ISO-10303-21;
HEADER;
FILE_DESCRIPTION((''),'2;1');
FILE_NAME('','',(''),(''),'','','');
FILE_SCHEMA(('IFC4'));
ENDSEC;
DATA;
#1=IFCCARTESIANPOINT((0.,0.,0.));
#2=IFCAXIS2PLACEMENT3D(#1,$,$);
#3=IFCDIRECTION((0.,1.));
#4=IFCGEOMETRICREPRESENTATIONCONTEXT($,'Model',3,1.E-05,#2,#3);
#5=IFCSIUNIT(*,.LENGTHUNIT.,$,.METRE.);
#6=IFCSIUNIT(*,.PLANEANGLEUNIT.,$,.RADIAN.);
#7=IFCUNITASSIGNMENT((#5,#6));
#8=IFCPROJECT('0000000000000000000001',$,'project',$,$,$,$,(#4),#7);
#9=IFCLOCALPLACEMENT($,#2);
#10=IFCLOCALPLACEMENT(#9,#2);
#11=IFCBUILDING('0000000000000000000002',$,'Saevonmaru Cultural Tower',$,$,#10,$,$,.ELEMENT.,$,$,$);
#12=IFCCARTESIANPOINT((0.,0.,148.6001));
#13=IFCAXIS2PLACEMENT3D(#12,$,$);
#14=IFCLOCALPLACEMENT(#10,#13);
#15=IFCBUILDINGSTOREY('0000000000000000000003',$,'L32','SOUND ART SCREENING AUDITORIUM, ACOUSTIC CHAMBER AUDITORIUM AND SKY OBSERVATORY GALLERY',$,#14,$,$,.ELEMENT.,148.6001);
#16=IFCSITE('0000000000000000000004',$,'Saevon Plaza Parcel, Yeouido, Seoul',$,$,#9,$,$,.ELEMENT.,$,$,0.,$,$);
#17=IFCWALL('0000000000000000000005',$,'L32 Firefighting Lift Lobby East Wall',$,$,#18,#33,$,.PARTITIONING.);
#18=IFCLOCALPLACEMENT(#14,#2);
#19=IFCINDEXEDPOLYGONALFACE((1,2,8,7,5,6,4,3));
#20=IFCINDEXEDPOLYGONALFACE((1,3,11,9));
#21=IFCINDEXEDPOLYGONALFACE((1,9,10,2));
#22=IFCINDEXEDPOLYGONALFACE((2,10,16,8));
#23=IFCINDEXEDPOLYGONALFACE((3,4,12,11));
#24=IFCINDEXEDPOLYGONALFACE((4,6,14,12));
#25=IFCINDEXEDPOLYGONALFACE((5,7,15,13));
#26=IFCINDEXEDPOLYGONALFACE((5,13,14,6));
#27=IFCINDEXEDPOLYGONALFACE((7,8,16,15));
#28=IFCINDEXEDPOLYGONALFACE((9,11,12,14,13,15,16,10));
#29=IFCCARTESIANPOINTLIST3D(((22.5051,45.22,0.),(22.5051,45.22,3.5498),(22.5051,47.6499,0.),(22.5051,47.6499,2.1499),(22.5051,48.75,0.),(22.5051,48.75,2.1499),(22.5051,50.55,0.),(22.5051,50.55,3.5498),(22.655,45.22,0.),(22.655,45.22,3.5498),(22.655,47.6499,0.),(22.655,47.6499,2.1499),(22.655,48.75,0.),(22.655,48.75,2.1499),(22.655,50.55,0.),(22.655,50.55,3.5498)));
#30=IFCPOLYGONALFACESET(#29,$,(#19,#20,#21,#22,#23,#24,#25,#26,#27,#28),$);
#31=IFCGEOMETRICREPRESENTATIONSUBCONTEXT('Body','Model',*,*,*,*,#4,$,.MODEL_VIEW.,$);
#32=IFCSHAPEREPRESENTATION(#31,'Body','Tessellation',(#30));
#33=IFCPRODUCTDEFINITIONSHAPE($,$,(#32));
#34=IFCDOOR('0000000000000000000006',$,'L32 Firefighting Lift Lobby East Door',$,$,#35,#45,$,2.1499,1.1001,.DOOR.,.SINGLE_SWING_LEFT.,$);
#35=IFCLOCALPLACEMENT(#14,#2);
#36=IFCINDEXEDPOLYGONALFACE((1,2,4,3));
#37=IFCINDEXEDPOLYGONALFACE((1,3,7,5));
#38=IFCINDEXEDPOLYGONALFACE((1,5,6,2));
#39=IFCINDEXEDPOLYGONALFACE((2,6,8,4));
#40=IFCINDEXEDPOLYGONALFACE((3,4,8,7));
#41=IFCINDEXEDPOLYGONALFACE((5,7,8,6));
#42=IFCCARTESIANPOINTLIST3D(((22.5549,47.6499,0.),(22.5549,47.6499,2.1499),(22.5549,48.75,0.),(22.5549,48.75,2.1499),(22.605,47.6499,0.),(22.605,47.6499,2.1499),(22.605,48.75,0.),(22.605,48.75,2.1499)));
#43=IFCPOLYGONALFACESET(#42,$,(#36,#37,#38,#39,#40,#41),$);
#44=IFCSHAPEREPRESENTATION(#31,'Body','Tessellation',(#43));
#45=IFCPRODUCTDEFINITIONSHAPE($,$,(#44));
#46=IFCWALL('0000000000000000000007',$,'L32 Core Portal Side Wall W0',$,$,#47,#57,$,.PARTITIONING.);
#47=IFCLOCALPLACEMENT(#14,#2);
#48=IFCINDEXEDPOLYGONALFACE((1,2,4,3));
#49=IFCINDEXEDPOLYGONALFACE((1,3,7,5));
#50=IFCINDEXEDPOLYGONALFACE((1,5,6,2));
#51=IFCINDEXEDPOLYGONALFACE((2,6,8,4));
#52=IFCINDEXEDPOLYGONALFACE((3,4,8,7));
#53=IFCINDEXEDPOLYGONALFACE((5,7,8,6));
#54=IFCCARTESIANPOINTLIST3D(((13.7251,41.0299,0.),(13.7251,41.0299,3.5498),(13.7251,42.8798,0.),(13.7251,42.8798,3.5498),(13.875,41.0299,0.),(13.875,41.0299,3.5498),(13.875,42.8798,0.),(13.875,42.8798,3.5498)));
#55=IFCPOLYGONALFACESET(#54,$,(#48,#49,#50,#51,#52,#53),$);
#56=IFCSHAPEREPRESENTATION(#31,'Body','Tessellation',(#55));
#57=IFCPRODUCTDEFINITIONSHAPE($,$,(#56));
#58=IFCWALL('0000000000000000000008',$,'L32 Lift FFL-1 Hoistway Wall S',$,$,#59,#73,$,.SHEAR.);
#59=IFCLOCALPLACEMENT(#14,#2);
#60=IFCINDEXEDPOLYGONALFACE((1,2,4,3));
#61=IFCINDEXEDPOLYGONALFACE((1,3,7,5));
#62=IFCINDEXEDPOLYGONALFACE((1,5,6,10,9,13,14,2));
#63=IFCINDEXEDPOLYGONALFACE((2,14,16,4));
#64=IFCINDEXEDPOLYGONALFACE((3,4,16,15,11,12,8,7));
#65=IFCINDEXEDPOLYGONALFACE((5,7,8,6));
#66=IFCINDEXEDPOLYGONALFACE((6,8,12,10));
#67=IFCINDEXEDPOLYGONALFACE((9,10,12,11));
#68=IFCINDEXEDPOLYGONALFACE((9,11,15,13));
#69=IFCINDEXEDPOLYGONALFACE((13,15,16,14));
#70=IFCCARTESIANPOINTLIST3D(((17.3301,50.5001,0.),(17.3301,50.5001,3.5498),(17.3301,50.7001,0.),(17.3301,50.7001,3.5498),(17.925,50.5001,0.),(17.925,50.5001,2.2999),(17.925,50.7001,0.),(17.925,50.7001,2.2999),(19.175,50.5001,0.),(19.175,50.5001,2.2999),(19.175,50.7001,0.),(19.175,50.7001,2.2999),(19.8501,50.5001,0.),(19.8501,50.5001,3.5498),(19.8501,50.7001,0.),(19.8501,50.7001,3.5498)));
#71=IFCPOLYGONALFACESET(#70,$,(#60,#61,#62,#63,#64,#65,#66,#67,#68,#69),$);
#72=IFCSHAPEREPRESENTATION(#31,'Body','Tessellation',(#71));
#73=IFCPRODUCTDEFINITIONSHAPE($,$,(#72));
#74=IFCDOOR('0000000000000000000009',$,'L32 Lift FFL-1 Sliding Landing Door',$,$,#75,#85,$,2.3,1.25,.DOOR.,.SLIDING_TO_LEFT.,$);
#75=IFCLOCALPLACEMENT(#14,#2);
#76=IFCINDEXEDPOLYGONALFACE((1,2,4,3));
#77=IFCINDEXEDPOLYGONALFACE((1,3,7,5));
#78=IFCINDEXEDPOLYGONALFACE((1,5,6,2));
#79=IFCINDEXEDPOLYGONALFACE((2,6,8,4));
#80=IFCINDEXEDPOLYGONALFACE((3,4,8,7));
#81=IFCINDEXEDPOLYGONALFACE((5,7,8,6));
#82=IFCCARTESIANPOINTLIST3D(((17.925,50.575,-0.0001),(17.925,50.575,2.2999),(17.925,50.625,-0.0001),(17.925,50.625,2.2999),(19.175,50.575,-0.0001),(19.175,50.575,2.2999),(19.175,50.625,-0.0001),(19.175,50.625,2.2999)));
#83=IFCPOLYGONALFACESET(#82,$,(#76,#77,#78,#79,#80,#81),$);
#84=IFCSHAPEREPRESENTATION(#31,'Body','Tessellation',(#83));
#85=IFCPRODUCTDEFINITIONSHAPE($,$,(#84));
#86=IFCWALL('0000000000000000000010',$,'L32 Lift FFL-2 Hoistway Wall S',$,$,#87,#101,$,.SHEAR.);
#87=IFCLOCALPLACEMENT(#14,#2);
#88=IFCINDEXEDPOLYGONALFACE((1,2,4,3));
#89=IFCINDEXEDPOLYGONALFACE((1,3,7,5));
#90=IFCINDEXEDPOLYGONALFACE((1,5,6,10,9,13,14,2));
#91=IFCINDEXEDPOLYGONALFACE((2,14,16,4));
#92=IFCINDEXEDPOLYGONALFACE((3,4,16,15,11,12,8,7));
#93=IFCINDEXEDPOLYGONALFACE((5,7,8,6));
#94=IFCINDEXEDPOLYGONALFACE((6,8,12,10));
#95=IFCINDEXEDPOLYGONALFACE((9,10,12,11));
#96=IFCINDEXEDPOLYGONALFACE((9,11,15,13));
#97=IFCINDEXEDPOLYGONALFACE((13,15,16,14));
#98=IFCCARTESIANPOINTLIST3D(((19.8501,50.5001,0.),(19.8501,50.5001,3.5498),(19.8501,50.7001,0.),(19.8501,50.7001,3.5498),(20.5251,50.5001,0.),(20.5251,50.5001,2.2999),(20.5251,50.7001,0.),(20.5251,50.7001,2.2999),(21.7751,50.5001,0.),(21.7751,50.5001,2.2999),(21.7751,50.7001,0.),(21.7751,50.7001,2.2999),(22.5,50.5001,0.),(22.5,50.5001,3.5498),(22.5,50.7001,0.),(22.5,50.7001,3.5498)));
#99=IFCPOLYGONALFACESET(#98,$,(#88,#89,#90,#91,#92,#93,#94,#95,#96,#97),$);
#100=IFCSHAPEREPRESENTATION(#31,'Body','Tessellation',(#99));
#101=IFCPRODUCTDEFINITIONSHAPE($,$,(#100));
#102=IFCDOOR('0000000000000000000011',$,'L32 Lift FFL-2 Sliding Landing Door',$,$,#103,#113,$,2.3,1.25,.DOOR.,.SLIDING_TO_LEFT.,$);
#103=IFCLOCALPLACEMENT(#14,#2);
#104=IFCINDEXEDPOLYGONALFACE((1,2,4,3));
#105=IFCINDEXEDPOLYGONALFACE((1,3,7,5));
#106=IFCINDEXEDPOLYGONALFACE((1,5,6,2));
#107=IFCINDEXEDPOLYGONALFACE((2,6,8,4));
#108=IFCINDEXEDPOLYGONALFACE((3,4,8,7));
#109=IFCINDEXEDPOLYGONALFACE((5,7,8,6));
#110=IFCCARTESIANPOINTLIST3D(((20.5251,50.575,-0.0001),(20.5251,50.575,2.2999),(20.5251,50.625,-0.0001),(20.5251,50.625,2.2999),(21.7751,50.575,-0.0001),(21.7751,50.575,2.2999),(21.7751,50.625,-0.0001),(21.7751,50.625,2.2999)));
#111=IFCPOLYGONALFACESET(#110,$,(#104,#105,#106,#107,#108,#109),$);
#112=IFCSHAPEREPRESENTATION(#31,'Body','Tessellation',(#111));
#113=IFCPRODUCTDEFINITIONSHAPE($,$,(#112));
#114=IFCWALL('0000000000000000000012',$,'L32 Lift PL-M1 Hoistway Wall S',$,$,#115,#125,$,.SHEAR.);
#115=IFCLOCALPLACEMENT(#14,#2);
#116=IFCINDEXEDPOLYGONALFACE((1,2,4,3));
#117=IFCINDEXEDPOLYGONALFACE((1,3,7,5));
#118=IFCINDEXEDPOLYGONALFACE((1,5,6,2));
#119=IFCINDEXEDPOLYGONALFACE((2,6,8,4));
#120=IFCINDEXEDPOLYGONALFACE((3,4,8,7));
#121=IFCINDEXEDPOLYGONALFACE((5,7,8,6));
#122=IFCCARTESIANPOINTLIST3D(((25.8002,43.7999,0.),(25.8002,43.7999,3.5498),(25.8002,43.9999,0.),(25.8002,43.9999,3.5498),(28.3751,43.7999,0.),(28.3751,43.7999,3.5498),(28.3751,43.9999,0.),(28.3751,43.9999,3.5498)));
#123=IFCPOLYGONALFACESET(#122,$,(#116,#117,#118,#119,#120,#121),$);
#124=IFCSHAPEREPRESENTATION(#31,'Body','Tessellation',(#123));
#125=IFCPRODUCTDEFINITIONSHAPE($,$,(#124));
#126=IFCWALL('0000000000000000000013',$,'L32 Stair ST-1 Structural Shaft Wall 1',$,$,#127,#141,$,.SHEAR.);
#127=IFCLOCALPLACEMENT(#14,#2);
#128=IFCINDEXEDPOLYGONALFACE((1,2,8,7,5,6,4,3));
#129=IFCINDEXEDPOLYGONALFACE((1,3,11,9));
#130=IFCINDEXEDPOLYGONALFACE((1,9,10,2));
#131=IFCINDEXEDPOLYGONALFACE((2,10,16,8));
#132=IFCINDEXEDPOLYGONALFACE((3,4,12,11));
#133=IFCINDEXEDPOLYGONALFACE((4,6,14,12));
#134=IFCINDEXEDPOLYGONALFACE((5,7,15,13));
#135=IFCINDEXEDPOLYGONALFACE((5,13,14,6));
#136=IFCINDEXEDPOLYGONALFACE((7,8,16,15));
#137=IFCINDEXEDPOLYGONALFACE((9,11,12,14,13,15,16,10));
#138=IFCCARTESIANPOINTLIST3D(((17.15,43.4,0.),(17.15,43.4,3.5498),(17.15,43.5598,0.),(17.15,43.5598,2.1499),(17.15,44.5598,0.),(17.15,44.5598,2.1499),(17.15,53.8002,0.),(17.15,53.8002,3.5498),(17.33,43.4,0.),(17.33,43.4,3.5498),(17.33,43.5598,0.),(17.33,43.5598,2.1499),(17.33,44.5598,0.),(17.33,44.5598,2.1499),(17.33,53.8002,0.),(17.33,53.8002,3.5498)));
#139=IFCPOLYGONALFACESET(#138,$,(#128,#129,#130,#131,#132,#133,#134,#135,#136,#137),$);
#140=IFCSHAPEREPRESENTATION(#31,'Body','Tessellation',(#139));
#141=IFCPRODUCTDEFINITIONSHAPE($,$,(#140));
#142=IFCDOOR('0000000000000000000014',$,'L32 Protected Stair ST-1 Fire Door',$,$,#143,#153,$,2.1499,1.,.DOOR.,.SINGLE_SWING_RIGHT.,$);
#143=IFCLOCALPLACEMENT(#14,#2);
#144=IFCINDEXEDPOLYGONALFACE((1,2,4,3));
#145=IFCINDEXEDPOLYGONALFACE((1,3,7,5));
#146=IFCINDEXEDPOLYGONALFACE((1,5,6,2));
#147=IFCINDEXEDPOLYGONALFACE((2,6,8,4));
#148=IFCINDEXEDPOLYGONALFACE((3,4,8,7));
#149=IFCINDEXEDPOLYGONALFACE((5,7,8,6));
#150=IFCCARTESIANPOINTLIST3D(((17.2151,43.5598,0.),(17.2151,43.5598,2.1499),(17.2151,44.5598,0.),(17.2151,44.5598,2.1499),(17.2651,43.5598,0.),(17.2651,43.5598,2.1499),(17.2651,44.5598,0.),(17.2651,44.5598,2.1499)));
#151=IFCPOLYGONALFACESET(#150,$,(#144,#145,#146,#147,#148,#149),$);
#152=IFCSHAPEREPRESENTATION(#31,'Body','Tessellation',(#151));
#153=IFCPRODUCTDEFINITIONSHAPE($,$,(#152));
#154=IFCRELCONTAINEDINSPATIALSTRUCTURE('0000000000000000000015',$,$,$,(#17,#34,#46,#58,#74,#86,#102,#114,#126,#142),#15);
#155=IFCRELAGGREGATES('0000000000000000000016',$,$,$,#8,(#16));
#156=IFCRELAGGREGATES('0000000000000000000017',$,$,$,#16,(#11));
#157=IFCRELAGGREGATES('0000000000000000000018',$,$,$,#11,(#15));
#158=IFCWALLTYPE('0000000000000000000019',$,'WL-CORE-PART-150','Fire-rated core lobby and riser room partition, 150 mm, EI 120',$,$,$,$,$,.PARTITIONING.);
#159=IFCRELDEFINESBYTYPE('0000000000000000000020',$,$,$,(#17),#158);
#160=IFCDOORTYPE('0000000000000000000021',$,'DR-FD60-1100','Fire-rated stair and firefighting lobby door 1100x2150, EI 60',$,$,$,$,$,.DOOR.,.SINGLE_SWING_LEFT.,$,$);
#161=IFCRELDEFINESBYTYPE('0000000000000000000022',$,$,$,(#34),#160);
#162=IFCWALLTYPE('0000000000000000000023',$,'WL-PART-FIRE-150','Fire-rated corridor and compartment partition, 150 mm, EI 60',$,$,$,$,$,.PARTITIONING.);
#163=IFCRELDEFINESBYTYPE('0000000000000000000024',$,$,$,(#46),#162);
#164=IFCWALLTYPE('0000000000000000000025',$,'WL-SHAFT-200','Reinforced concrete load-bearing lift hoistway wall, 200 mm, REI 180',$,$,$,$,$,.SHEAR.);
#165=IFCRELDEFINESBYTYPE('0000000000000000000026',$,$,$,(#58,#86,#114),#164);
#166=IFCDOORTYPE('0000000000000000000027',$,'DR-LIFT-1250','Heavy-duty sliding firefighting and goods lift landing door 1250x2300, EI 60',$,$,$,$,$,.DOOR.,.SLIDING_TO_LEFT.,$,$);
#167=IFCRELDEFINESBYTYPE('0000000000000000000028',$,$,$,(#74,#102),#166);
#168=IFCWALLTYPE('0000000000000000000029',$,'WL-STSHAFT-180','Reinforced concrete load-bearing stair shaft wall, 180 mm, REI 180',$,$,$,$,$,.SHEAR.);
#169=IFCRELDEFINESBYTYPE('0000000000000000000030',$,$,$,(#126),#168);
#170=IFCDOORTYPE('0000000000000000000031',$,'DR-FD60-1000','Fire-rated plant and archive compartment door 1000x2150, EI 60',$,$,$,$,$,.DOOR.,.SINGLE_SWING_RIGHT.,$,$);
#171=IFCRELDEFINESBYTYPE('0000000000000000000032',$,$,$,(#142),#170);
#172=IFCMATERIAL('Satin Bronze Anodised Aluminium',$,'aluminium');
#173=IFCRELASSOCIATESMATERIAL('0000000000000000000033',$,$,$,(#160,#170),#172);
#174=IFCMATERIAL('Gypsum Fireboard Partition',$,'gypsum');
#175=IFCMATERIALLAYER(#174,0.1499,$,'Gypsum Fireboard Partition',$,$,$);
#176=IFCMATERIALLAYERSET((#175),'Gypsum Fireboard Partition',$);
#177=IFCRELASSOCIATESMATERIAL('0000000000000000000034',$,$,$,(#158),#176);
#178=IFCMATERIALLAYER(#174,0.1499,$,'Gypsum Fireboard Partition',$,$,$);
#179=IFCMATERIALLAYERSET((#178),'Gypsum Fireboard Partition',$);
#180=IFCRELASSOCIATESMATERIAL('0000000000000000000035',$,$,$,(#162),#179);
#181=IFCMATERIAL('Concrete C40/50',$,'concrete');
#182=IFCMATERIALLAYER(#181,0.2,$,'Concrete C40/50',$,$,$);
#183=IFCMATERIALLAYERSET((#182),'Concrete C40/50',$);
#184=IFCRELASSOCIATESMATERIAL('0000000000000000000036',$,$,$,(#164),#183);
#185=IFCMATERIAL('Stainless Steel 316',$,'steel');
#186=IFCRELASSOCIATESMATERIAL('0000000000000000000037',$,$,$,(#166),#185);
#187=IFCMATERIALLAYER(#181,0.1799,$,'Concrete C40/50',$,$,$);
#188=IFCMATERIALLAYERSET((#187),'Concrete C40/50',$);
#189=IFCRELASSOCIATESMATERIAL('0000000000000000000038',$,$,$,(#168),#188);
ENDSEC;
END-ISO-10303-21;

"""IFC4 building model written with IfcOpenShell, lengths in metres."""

from ifc_helpers import new_model, si_unit, direction, frame, frame_2d, origin, place, context, subcontext, project, spatial, rectangle, extrude, material, layer, layer_set, type_object, element, fill, save


model = new_model("IFC4")

# Units and contexts
model_context = context("Model", 3, precision=1e-05, world=origin(), true_north=direction((0.0, 1.0)))
body_context = subcontext(model_context, "Body", "Model", "MODEL_VIEW")
ifc_project = project(units=[si_unit("LENGTHUNIT", "METRE"), si_unit("PLANEANGLEUNIT", "RADIAN")], contexts=[model_context])

# Site, building, storey
site_placement = place(None, origin())
site = spatial("IfcSite", under=ifc_project, at=site_placement, Name="Saevon Plaza Parcel, Yeouido, Seoul", CompositionType="ELEMENT", RefElevation=0.0)
building_placement = place(site_placement, origin())
building = spatial("IfcBuilding", under=site, at=building_placement, Name="Saevonmaru Cultural Tower", CompositionType="ELEMENT")
storey_placement = place(building_placement, frame((0.0, 0.0, 148.6001)))
storey = spatial("IfcBuildingStorey", under=building, at=storey_placement, Name="L32", Description="SOUND ART SCREENING AUDITORIUM, ACOUSTIC CHAMBER AUDITORIUM AND SKY OBSERVATORY GALLERY", CompositionType="ELEMENT", Elevation=148.6001)

# Shared definitions
ifc_material_1 = material(Name="Satin Bronze Anodised Aluminium", Category="aluminium")
door_type_1 = type_object("IfcDoorType", Name="DR-FD60-1100", Description="Fire-rated stair and firefighting lobby door 1100x2150, EI 60", OperationType="SINGLE_SWING_LEFT", PredefinedType="DOOR", material=ifc_material_1)

# Wall, opening, door
ifc_material_2 = material(Name="Gypsum Fireboard Partition", Category="gypsum")
ifc_layer_1 = layer(ifc_material_2, 0.1499, Name="Gypsum Fireboard Partition")
ifc_layer_set_1 = layer_set([ifc_layer_1], Name="Gypsum Fireboard Partition")
wall_type_1 = type_object("IfcWallType", Name="WL-CORE-PART-150", Description="Fire-rated core lobby and riser room partition, 150 mm, EI 120", PredefinedType="PARTITIONING", material=ifc_layer_set_1)
wall_1_placement = place(storey_placement, frame((22.5801, 50.55, 0.0), z_axis=(0.0, 0.0, 1.0), x_axis=(0.0, -1.0, 0.0)))
wall_1 = element("IfcWall", 1, at=wall_1_placement, inside=storey, type_object=wall_type_1, Name="L32 Firefighting Lift Lobby East Wall", PredefinedType="PARTITIONING", context=body_context, shape_type="SweptSolid", body=[
    extrude(rectangle(XDim=5.3301, YDim=0.1499, at=frame_2d((2.665, 0.0))), origin(), (0.0, 0.0, 1.0), 3.5498),
])
opening_1_placement = place(wall_1_placement, frame((1.8, 0.0, 0.0)))
opening_1 = element("IfcOpeningElement", 2, at=opening_1_placement, cuts=wall_1, PredefinedType="OPENING", context=body_context, shape_type="SweptSolid", body=[
    extrude(rectangle(XDim=1.1001, YDim=2.1499, at=frame_2d((0.55, 1.075))), frame((0.0, 0.085, 0.0), z_axis=(0.0, -1.0, 0.0), x_axis=(1.0, 0.0, 0.0)), (0.0, 0.0, 1.0), 0.1699),
])
door_1_placement = place(opening_1_placement, origin())
door_1 = element("IfcDoor", 3, at=door_1_placement, inside=storey, type_object=door_type_1, Name="L32 Firefighting Lift Lobby East Door", OperationType="SINGLE_SWING_LEFT", OverallHeight=2.1499, OverallWidth=1.1001, PredefinedType="DOOR", context=body_context, shape_type="SweptSolid", body=[
    extrude(rectangle(XDim=1.1001, YDim=2.1499, at=frame_2d((0.55, 1.075))), frame((0.0, 0.0249, 0.0), z_axis=(0.0, -1.0, 0.0), x_axis=(1.0, 0.0, 0.0)), (0.0, 0.0, 1.0), 0.05),
])
fill(opening_1, door_1)

# Wall
ifc_layer_2 = layer(ifc_material_2, 0.1499, Name="Gypsum Fireboard Partition")
ifc_layer_set_2 = layer_set([ifc_layer_2], Name="Gypsum Fireboard Partition")
wall_type_2 = type_object("IfcWallType", Name="WL-PART-FIRE-150", Description="Fire-rated corridor and compartment partition, 150 mm, EI 60", PredefinedType="PARTITIONING", material=ifc_layer_set_2)
wall_2_placement = place(storey_placement, frame((13.8, 41.03, 0.0), z_axis=(0.0, 0.0, 1.0), x_axis=(0.0, 1.0, 0.0)))
element("IfcWall", 4, at=wall_2_placement, inside=storey, type_object=wall_type_2, Name="L32 Core Portal Side Wall W0", PredefinedType="PARTITIONING", context=body_context, shape_type="SweptSolid", body=[
    extrude(rectangle(XDim=1.8499, YDim=0.1499, at=frame_2d((0.9248, 0.0))), origin(), (0.0, 0.0, 1.0), 3.5498),
])

# Walls, openings, doors
ifc_material_3 = material(Name="Concrete C40/50", Category="concrete")
ifc_layer_3 = layer(ifc_material_3, 0.2, Name="Concrete C40/50")
ifc_layer_set_3 = layer_set([ifc_layer_3], Name="Concrete C40/50")
wall_type_3 = type_object("IfcWallType", Name="WL-SHAFT-200", Description="Reinforced concrete load-bearing lift hoistway wall, 200 mm, REI 180", PredefinedType="SHEAR", material=ifc_layer_set_3)
wall_3_placement = place(storey_placement, frame((17.3301, 50.6001, 0.0), z_axis=(0.0, 0.0, 1.0), x_axis=(1.0, 0.0, 0.0)))
wall_3 = element("IfcWall", 5, at=wall_3_placement, inside=storey, type_object=wall_type_3, Name="L32 Lift FFL-1 Hoistway Wall S", PredefinedType="SHEAR", context=body_context, shape_type="SweptSolid", body=[
    extrude(rectangle(XDim=2.52, YDim=0.2, at=frame_2d((1.26, 0.0))), origin(), (0.0, 0.0, 1.0), 3.5498),
])
opening_2_placement = place(wall_3_placement, frame((0.595, 0.0, 0.0)))
opening_2 = element("IfcOpeningElement", 6, at=opening_2_placement, cuts=wall_3, PredefinedType="OPENING", context=body_context, shape_type="SweptSolid", body=[
    extrude(rectangle(XDim=1.25, YDim=2.3, at=frame_2d((0.625, 1.1499))), frame((0.0, 0.1099, 0.0), z_axis=(0.0, -1.0, 0.0), x_axis=(1.0, 0.0, 0.0)), (0.0, 0.0, 1.0), 0.22),
])
ifc_material_4 = material(Name="Stainless Steel 316", Category="steel")
door_type_2 = type_object("IfcDoorType", Name="DR-LIFT-1250", Description="Heavy-duty sliding firefighting and goods lift landing door 1250x2300, EI 60", OperationType="SLIDING_TO_LEFT", PredefinedType="DOOR", material=ifc_material_4)
door_2_placement = place(opening_2_placement, origin())
door_2 = element("IfcDoor", 7, at=door_2_placement, inside=storey, type_object=door_type_2, Name="L32 Lift FFL-1 Sliding Landing Door", OperationType="SLIDING_TO_LEFT", OverallHeight=2.3, OverallWidth=1.25, PredefinedType="DOOR", context=body_context, shape_type="SweptSolid", body=[
    extrude(rectangle(XDim=1.25, YDim=2.3, at=frame_2d((0.625, 1.1499))), frame((0.0, 0.0249, 0.0), z_axis=(0.0, -1.0, 0.0), x_axis=(1.0, 0.0, 0.0)), (0.0, 0.0, 1.0), 0.05),
])
fill(opening_2, door_2)
wall_4_placement = place(storey_placement, frame((19.8501, 50.6001, 0.0), z_axis=(0.0, 0.0, 1.0), x_axis=(1.0, 0.0, 0.0)))
wall_4 = element("IfcWall", 8, at=wall_4_placement, inside=storey, type_object=wall_type_3, Name="L32 Lift FFL-2 Hoistway Wall S", PredefinedType="SHEAR", context=body_context, shape_type="SweptSolid", body=[
    extrude(rectangle(XDim=2.6499, YDim=0.2, at=frame_2d((1.325, 0.0))), origin(), (0.0, 0.0, 1.0), 3.5498),
])
opening_3_placement = place(wall_4_placement, frame((0.675, 0.0, 0.0)))
opening_3 = element("IfcOpeningElement", 9, at=opening_3_placement, cuts=wall_4, PredefinedType="OPENING", context=body_context, shape_type="SweptSolid", body=[
    extrude(rectangle(XDim=1.25, YDim=2.3, at=frame_2d((0.625, 1.1499))), frame((0.0, 0.1099, 0.0), z_axis=(0.0, -1.0, 0.0), x_axis=(1.0, 0.0, 0.0)), (0.0, 0.0, 1.0), 0.22),
])
door_3_placement = place(opening_3_placement, origin())
door_3 = element("IfcDoor", 10, at=door_3_placement, inside=storey, type_object=door_type_2, Name="L32 Lift FFL-2 Sliding Landing Door", OperationType="SLIDING_TO_LEFT", OverallHeight=2.3, OverallWidth=1.25, PredefinedType="DOOR", context=body_context, shape_type="SweptSolid", body=[
    extrude(rectangle(XDim=1.25, YDim=2.3, at=frame_2d((0.625, 1.1499))), frame((0.0, 0.0249, 0.0), z_axis=(0.0, -1.0, 0.0), x_axis=(1.0, 0.0, 0.0)), (0.0, 0.0, 1.0), 0.05),
])
fill(opening_3, door_3)

# Wall
wall_5_placement = place(storey_placement, frame((25.8, 43.8999, 0.0), z_axis=(0.0, 0.0, 1.0), x_axis=(1.0, 0.0, 0.0)))
element("IfcWall", 11, at=wall_5_placement, inside=storey, type_object=wall_type_3, Name="L32 Lift PL-M1 Hoistway Wall S", PredefinedType="SHEAR", context=body_context, shape_type="SweptSolid", body=[
    extrude(rectangle(XDim=2.575, YDim=0.2, at=frame_2d((1.2876, 0.0))), origin(), (0.0, 0.0, 1.0), 3.5498),
])

# Wall, opening, door
ifc_layer_4 = layer(ifc_material_3, 0.1799, Name="Concrete C40/50")
ifc_layer_set_4 = layer_set([ifc_layer_4], Name="Concrete C40/50")
wall_type_4 = type_object("IfcWallType", Name="WL-STSHAFT-180", Description="Reinforced concrete load-bearing stair shaft wall, 180 mm, REI 180", PredefinedType="SHEAR", material=ifc_layer_set_4)
wall_6_placement = place(storey_placement, frame((17.24, 43.3999, 0.0), z_axis=(0.0, 0.0, 1.0), x_axis=(0.0, 1.0, 0.0)))
wall_6 = element("IfcWall", 12, at=wall_6_placement, inside=storey, type_object=wall_type_4, Name="L32 Stair ST-1 Structural Shaft Wall 1", PredefinedType="SHEAR", context=body_context, shape_type="SweptSolid", body=[
    extrude(rectangle(XDim=10.4001, YDim=0.1799, at=frame_2d((5.2002, 0.0))), origin(), (0.0, 0.0, 1.0), 3.5498),
])
opening_4_placement = place(wall_6_placement, frame((0.1599, 0.0, 0.0)))
opening_4 = element("IfcOpeningElement", 13, at=opening_4_placement, cuts=wall_6, PredefinedType="OPENING", context=body_context, shape_type="SweptSolid", body=[
    extrude(rectangle(XDim=1.0, YDim=2.1499, at=frame_2d((0.5, 1.075))), frame((0.0, 0.1001, 0.0), z_axis=(0.0, -1.0, 0.0), x_axis=(1.0, 0.0, 0.0)), (0.0, 0.0, 1.0), 0.2),
])
door_type_3 = type_object("IfcDoorType", Name="DR-FD60-1000", Description="Fire-rated plant and archive compartment door 1000x2150, EI 60", OperationType="SINGLE_SWING_RIGHT", PredefinedType="DOOR", material=ifc_material_1)
door_4_placement = place(opening_4_placement, origin())
door_4 = element("IfcDoor", 14, at=door_4_placement, inside=storey, type_object=door_type_3, Name="L32 Protected Stair ST-1 Fire Door", OperationType="SINGLE_SWING_RIGHT", OverallHeight=2.1499, OverallWidth=1.0, PredefinedType="DOOR", context=body_context, shape_type="SweptSolid", body=[
    extrude(rectangle(XDim=1.0, YDim=2.1499, at=frame_2d((0.5, 1.075))), frame((0.0, 0.0249, 0.0), z_axis=(0.0, -1.0, 0.0), x_axis=(1.0, 0.0, 0.0)), (0.0, 0.0, 1.0), 0.05),
])
fill(opening_4, door_4)

save(model, "model.ifc")
